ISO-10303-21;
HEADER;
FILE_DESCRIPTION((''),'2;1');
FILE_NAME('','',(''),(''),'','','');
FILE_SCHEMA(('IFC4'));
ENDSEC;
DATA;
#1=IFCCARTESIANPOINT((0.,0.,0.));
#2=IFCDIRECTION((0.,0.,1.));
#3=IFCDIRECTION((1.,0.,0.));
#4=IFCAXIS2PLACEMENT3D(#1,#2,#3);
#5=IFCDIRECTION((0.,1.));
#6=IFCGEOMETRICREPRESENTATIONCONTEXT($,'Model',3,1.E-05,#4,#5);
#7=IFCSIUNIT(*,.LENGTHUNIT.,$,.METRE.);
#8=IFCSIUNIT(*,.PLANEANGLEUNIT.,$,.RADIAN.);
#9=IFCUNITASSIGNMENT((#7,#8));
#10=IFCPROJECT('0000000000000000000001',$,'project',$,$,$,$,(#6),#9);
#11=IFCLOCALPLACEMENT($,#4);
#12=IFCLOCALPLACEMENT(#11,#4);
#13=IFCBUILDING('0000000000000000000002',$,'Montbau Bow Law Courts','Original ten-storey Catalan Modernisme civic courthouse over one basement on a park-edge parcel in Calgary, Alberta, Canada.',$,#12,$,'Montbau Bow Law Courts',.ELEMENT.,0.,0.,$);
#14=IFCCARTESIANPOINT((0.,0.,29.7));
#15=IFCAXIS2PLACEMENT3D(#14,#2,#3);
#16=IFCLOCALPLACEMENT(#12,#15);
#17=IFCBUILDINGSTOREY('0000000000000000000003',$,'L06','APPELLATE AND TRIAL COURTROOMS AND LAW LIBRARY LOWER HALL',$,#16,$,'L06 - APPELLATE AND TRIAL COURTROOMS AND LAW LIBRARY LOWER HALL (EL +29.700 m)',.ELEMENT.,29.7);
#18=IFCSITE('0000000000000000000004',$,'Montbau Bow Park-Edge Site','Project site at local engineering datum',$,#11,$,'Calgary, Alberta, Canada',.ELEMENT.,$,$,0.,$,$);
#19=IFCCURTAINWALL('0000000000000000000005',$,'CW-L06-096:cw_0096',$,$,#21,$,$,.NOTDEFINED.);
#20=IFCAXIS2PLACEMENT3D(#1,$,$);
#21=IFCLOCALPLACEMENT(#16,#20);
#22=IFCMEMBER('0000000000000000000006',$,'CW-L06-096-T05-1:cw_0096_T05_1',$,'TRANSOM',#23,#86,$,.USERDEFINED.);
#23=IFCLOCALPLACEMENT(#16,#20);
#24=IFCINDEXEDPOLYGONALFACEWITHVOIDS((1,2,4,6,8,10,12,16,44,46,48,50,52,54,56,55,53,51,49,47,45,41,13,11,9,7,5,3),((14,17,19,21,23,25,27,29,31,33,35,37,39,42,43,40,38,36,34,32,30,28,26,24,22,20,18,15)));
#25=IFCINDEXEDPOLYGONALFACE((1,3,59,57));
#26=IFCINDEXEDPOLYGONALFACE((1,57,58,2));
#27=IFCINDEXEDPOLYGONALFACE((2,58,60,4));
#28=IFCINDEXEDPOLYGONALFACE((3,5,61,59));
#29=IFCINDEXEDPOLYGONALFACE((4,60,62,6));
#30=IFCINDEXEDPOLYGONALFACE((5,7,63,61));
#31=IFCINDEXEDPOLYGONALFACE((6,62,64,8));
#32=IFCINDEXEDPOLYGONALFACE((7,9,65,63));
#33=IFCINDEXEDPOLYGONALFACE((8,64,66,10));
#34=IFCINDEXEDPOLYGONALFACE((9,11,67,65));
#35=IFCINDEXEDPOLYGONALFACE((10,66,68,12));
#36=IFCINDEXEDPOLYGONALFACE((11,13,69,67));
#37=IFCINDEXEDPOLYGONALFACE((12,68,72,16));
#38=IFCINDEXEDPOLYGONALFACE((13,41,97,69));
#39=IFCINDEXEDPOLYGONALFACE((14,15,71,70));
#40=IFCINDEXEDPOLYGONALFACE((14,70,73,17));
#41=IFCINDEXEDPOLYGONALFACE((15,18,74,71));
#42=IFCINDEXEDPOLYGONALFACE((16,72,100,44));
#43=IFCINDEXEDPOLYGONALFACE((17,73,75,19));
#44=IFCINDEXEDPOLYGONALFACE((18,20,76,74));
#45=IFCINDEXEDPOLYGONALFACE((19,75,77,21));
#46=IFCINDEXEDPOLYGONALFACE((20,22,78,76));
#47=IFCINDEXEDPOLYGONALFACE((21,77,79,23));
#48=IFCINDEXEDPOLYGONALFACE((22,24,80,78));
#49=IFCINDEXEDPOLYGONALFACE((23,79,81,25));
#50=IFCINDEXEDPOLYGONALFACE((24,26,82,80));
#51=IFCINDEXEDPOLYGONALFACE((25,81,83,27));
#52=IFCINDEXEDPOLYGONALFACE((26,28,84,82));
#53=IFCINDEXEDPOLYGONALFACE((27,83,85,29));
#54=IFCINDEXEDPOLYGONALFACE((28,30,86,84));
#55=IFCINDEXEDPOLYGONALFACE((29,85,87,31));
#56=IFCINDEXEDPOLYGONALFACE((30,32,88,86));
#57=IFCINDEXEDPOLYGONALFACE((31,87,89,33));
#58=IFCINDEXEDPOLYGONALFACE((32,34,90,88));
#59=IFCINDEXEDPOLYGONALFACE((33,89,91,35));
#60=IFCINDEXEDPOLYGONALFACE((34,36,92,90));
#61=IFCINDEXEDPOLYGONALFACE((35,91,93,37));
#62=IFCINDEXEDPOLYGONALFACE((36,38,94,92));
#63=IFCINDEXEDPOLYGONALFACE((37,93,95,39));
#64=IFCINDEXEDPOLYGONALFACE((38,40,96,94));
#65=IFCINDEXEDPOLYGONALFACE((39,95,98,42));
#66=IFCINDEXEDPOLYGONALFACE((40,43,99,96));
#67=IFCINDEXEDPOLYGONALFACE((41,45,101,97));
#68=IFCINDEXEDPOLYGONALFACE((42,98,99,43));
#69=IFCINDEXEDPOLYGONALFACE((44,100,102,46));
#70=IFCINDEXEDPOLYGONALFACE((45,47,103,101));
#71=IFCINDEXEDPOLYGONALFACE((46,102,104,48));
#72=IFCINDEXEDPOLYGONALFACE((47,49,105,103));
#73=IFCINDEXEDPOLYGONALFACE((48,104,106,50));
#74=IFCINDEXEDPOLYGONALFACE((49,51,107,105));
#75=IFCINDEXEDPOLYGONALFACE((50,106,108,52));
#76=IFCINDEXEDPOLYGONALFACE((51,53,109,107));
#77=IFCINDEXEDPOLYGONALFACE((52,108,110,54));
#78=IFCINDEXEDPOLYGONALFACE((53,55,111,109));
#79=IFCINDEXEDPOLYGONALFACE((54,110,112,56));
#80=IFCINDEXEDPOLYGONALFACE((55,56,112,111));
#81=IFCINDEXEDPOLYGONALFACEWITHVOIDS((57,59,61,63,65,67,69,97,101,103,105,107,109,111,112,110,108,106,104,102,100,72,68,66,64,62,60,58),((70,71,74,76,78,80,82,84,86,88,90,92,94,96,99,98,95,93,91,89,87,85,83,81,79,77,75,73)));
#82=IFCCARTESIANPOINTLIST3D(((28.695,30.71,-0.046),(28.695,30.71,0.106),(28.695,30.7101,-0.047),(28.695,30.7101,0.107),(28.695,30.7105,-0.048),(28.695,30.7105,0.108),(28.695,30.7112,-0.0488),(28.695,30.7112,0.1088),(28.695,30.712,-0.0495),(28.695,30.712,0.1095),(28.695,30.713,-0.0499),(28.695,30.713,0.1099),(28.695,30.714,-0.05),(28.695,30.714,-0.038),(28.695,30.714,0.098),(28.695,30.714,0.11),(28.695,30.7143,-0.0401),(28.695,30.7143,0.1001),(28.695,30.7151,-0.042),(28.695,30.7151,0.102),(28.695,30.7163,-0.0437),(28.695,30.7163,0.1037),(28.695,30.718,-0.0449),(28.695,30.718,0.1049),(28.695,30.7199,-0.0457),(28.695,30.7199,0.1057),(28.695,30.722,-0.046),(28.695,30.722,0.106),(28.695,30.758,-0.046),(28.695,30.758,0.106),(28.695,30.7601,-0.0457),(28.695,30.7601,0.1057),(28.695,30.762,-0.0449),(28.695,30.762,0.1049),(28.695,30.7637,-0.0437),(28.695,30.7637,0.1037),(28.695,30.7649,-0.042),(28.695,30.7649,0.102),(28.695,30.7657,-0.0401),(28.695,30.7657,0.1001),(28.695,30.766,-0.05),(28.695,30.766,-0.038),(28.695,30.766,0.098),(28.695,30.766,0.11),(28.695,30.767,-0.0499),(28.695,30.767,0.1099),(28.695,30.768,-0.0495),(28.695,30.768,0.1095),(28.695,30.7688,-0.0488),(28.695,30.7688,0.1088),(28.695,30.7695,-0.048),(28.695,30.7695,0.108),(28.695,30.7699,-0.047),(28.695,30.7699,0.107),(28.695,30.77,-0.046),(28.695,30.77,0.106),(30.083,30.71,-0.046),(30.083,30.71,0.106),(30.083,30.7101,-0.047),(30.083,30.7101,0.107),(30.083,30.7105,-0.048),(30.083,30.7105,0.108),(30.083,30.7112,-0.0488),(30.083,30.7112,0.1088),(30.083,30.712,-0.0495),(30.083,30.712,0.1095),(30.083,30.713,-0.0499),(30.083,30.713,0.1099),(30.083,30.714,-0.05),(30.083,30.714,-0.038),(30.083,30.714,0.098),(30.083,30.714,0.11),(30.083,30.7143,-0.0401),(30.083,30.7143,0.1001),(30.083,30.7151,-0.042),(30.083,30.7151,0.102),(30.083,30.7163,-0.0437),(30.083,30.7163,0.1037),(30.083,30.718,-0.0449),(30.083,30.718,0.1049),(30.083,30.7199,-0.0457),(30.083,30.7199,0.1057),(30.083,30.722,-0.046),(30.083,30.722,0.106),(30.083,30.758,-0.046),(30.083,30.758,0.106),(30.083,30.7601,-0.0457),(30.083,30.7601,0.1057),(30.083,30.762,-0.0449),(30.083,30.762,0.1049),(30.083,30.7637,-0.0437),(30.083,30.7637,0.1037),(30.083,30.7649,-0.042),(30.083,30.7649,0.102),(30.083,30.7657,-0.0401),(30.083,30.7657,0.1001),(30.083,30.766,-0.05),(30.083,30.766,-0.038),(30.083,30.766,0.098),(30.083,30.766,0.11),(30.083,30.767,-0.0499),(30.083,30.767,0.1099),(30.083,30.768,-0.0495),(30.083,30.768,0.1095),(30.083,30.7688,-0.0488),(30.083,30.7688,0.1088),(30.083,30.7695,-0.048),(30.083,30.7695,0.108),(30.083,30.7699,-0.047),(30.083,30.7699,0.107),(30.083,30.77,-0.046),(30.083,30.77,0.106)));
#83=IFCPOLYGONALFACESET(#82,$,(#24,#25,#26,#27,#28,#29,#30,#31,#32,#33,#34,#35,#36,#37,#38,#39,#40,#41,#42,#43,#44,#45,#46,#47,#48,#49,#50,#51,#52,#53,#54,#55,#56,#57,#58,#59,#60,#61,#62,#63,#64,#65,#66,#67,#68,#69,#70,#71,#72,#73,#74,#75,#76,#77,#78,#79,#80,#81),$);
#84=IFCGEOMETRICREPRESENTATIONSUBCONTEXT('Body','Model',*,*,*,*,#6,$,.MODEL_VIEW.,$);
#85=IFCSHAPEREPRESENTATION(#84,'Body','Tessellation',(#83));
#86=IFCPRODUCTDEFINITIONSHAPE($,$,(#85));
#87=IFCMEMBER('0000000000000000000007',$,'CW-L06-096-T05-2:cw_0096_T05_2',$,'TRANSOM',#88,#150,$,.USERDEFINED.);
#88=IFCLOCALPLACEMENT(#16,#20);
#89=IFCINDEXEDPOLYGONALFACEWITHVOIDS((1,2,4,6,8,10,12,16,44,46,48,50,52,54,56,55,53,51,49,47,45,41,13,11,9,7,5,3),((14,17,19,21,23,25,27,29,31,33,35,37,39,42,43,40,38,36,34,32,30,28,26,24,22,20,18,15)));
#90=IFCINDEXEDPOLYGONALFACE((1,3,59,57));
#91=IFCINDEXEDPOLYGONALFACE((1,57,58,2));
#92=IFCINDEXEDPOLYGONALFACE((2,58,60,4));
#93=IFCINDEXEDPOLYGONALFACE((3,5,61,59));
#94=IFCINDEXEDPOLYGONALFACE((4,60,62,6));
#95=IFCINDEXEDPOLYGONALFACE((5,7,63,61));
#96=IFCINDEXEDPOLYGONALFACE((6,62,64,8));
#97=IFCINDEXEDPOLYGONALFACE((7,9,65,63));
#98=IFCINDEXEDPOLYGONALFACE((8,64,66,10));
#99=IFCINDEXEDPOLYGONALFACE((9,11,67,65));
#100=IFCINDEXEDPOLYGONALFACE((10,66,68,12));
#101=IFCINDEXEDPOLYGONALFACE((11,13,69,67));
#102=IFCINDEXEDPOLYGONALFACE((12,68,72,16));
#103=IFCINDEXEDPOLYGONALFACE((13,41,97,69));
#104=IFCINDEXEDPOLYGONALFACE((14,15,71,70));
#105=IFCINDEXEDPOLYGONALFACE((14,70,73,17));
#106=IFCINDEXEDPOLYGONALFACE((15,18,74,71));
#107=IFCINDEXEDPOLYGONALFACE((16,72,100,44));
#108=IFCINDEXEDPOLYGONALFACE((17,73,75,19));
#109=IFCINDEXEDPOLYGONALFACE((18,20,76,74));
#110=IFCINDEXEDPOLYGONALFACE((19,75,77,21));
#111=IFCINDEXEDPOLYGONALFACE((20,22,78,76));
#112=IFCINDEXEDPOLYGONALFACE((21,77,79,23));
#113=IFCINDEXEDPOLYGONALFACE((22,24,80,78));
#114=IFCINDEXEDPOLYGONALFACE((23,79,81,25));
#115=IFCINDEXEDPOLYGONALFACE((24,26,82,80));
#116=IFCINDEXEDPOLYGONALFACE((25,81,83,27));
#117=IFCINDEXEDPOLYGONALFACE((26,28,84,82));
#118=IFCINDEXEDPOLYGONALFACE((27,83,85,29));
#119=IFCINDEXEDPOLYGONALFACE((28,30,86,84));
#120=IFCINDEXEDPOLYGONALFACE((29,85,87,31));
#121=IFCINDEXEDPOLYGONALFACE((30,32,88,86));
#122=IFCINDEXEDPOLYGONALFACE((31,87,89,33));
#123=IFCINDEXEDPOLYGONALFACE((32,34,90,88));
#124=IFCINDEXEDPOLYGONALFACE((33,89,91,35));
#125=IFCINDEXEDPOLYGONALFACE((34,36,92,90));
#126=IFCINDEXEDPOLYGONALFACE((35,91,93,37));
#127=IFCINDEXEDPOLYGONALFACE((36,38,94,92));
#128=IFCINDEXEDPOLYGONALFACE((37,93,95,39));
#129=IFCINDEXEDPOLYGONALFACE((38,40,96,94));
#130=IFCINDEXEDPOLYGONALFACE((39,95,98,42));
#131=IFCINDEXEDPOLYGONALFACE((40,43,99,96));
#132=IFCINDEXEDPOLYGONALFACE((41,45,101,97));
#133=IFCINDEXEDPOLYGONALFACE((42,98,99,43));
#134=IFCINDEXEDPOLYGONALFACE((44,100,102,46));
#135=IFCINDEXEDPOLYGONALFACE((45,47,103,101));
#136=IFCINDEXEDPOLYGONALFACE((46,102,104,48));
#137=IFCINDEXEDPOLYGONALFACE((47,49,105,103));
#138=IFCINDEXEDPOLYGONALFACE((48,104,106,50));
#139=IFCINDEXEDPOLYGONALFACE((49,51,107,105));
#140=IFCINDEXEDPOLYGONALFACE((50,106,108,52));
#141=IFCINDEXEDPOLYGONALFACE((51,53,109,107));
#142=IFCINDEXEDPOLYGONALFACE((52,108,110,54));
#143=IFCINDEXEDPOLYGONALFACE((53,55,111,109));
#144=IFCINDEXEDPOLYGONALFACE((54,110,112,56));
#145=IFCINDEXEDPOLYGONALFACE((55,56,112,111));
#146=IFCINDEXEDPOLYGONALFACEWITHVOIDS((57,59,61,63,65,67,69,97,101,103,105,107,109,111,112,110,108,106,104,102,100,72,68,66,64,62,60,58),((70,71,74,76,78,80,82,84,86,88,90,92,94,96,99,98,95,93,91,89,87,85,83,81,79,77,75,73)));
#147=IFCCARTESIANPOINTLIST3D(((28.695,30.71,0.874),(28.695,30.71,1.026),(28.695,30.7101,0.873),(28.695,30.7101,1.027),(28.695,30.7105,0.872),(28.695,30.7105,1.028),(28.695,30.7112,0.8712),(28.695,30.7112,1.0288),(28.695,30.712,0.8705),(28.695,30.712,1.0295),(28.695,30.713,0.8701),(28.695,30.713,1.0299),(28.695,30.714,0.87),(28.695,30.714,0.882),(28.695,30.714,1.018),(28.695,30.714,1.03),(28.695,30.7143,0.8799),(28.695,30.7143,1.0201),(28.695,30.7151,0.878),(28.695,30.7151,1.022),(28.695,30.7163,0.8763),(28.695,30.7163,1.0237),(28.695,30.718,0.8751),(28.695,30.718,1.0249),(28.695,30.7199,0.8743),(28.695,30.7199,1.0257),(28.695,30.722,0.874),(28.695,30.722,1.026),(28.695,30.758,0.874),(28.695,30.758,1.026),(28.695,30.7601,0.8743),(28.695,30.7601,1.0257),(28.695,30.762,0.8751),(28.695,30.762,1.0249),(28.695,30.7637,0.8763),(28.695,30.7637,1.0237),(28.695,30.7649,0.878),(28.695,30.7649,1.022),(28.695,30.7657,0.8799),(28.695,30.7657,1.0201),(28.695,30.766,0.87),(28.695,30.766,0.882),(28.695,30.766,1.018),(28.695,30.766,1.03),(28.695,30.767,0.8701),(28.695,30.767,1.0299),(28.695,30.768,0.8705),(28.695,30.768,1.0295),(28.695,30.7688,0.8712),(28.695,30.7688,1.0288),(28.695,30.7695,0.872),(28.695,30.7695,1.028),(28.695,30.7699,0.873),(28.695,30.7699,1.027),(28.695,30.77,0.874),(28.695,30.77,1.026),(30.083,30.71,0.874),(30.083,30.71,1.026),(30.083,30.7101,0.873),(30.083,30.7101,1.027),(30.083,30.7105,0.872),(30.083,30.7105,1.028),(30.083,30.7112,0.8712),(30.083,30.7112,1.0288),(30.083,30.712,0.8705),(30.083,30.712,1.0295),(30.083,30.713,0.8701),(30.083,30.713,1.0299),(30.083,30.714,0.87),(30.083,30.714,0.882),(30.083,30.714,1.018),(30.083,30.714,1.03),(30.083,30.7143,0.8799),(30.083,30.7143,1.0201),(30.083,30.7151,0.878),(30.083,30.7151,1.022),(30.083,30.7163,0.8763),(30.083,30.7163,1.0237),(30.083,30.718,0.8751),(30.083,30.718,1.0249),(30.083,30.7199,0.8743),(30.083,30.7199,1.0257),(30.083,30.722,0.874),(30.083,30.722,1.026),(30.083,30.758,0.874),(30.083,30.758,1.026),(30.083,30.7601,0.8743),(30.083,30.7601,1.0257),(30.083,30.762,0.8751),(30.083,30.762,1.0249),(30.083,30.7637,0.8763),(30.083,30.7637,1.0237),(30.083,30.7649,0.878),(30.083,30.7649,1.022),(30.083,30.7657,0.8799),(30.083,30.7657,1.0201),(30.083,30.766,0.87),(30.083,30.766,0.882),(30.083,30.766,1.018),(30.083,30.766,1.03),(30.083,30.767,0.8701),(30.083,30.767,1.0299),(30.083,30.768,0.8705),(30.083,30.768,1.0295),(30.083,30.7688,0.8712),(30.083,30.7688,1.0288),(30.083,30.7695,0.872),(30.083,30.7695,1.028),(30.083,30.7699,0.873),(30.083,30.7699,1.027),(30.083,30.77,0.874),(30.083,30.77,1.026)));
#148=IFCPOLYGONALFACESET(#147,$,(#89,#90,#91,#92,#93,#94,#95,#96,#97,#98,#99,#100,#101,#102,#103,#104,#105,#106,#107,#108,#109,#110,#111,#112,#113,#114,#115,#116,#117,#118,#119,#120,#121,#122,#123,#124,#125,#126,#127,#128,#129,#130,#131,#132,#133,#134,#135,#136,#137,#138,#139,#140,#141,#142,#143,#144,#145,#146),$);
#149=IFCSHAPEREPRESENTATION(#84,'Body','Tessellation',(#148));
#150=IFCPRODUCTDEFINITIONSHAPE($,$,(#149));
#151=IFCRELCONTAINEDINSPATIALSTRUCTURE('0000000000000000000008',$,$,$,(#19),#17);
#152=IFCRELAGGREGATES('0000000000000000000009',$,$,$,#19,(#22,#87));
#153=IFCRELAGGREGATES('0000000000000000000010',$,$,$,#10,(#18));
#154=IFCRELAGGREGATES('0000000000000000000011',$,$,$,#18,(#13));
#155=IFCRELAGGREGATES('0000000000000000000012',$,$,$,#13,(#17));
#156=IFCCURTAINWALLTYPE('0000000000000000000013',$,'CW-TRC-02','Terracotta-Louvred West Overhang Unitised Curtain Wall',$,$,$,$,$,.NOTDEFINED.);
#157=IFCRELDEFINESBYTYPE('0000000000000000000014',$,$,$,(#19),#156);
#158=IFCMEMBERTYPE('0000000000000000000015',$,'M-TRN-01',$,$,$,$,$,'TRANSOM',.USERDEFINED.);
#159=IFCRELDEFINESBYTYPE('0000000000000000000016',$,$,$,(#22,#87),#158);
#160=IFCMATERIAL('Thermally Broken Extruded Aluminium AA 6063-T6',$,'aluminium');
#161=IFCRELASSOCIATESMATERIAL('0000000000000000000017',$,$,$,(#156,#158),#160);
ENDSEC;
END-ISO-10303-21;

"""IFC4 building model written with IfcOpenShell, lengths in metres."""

from ifc_helpers import new_model, si_unit, direction, frame, origin_with_axes, origin_2d_with_axis, place, context, subcontext, project, spatial, hollow_rectangle, extrude, material, material_profile, profile_set, type_object, element, aggregate, save


model = new_model("IFC4")

# Units and contexts
model_context = context("Model", 3, precision=1e-05, world=origin_with_axes(), true_north=direction((0.0, 1.0)))
body_context = subcontext(model_context, "Body", "Model", "MODEL_VIEW")
ifc_project = project(units=[si_unit("LENGTHUNIT", "METRE"), si_unit("PLANEANGLEUNIT", "RADIAN")], contexts=[model_context])

# Site, building, storey
site_placement = place(None, origin_with_axes())
site = spatial("IfcSite", under=ifc_project, at=site_placement, Name="Montbau Bow Park-Edge Site", Description="Project site at local engineering datum", LongName="Calgary, Alberta, Canada", CompositionType="ELEMENT", RefElevation=0.0)
building_placement = place(site_placement, origin_with_axes())
building = spatial("IfcBuilding", under=site, at=building_placement, Name="Montbau Bow Law Courts", Description="Original ten-storey Catalan Modernisme civic courthouse over one basement on a park-edge parcel in Calgary, Alberta, Canada.", LongName="Montbau Bow Law Courts", CompositionType="ELEMENT", ElevationOfRefHeight=0.0, ElevationOfTerrain=0.0)
storey_placement = place(building_placement, frame((0.0, 0.0, 29.7), z_axis=(0.0, 0.0, 1.0), x_axis=(1.0, 0.0, 0.0)))
storey = spatial("IfcBuildingStorey", under=building, at=storey_placement, Name="L06", Description="APPELLATE AND TRIAL COURTROOMS AND LAW LIBRARY LOWER HALL", LongName="L06 - APPELLATE AND TRIAL COURTROOMS AND LAW LIBRARY LOWER HALL (EL +29.700 m)", CompositionType="ELEMENT", Elevation=29.7)

# Curtain wall
ifc_material_1 = material(Name="Thermally Broken Extruded Aluminium AA 6063-T6", Category="aluminium")
curtain_wall_type = type_object("IfcCurtainWallType", Name="CW-TRC-02", Description="Terracotta-Louvred West Overhang Unitised Curtain Wall", PredefinedType="NOTDEFINED", material=ifc_material_1)
curtain_wall_1_placement = place(None, frame((22.64, 30.74, 29.7), z_axis=(0.0, 0.0, 1.0), x_axis=(1.0, 0.0, 0.0)))
curtain_wall_1 = element("IfcCurtainWall", 1, at=curtain_wall_1_placement, inside=storey, type_object=curtain_wall_type, Name="CW-L06-096:cw_0096", PredefinedType="NOTDEFINED")

# Members
ifc_material_profile_1 = material_profile(ifc_material_1, hollow_rectangle(XDim=0.06, YDim=0.16, WallThickness=0.004, InnerFilletRadius=0.008, OuterFilletRadius=0.004, at=origin_2d_with_axis()), Name="CWT-160X60", Category="Main", Priority=0)
ifc_profile_set_1 = profile_set([ifc_material_profile_1], Name="Thermally Broken Extruded Aluminium AA 6063-T6")
member_type_1 = type_object("IfcMemberType", Name="M-TRN-01", ElementType="TRANSOM", PredefinedType="USERDEFINED", material=ifc_profile_set_1)
member_1_placement = place(None, frame((28.695, 30.74, 29.73), z_axis=(1.0, 0.0, 0.0), x_axis=(0.0, 1.0, 0.0)))
member_1 = element("IfcMember", 2, at=member_1_placement, type_object=member_type_1, Name="CW-L06-096-T05-1:cw_0096_T05_1", ObjectType="TRANSOM", PredefinedType="USERDEFINED", context=body_context, shape_type="SweptSolid", body=[
    extrude(hollow_rectangle(XDim=0.06, YDim=0.16, WallThickness=0.004, InnerFilletRadius=0.008, OuterFilletRadius=0.004, at=origin_2d_with_axis()), origin_with_axes(), (0.0, 0.0, 1.0), 1.388),
])
member_2_placement = place(None, frame((28.695, 30.74, 30.65), z_axis=(1.0, 0.0, 0.0), x_axis=(0.0, 1.0, 0.0)))
member_2 = element("IfcMember", 3, at=member_2_placement, type_object=member_type_1, Name="CW-L06-096-T05-2:cw_0096_T05_2", ObjectType="TRANSOM", PredefinedType="USERDEFINED", context=body_context, shape_type="SweptSolid", body=[
    extrude(hollow_rectangle(XDim=0.06, YDim=0.16, WallThickness=0.004, InnerFilletRadius=0.008, OuterFilletRadius=0.004, at=origin_2d_with_axis()), origin_with_axes(), (0.0, 0.0, 1.0), 1.388),
])

aggregate(curtain_wall_1, [member_1, member_2])

save(model, "model.ifc")
